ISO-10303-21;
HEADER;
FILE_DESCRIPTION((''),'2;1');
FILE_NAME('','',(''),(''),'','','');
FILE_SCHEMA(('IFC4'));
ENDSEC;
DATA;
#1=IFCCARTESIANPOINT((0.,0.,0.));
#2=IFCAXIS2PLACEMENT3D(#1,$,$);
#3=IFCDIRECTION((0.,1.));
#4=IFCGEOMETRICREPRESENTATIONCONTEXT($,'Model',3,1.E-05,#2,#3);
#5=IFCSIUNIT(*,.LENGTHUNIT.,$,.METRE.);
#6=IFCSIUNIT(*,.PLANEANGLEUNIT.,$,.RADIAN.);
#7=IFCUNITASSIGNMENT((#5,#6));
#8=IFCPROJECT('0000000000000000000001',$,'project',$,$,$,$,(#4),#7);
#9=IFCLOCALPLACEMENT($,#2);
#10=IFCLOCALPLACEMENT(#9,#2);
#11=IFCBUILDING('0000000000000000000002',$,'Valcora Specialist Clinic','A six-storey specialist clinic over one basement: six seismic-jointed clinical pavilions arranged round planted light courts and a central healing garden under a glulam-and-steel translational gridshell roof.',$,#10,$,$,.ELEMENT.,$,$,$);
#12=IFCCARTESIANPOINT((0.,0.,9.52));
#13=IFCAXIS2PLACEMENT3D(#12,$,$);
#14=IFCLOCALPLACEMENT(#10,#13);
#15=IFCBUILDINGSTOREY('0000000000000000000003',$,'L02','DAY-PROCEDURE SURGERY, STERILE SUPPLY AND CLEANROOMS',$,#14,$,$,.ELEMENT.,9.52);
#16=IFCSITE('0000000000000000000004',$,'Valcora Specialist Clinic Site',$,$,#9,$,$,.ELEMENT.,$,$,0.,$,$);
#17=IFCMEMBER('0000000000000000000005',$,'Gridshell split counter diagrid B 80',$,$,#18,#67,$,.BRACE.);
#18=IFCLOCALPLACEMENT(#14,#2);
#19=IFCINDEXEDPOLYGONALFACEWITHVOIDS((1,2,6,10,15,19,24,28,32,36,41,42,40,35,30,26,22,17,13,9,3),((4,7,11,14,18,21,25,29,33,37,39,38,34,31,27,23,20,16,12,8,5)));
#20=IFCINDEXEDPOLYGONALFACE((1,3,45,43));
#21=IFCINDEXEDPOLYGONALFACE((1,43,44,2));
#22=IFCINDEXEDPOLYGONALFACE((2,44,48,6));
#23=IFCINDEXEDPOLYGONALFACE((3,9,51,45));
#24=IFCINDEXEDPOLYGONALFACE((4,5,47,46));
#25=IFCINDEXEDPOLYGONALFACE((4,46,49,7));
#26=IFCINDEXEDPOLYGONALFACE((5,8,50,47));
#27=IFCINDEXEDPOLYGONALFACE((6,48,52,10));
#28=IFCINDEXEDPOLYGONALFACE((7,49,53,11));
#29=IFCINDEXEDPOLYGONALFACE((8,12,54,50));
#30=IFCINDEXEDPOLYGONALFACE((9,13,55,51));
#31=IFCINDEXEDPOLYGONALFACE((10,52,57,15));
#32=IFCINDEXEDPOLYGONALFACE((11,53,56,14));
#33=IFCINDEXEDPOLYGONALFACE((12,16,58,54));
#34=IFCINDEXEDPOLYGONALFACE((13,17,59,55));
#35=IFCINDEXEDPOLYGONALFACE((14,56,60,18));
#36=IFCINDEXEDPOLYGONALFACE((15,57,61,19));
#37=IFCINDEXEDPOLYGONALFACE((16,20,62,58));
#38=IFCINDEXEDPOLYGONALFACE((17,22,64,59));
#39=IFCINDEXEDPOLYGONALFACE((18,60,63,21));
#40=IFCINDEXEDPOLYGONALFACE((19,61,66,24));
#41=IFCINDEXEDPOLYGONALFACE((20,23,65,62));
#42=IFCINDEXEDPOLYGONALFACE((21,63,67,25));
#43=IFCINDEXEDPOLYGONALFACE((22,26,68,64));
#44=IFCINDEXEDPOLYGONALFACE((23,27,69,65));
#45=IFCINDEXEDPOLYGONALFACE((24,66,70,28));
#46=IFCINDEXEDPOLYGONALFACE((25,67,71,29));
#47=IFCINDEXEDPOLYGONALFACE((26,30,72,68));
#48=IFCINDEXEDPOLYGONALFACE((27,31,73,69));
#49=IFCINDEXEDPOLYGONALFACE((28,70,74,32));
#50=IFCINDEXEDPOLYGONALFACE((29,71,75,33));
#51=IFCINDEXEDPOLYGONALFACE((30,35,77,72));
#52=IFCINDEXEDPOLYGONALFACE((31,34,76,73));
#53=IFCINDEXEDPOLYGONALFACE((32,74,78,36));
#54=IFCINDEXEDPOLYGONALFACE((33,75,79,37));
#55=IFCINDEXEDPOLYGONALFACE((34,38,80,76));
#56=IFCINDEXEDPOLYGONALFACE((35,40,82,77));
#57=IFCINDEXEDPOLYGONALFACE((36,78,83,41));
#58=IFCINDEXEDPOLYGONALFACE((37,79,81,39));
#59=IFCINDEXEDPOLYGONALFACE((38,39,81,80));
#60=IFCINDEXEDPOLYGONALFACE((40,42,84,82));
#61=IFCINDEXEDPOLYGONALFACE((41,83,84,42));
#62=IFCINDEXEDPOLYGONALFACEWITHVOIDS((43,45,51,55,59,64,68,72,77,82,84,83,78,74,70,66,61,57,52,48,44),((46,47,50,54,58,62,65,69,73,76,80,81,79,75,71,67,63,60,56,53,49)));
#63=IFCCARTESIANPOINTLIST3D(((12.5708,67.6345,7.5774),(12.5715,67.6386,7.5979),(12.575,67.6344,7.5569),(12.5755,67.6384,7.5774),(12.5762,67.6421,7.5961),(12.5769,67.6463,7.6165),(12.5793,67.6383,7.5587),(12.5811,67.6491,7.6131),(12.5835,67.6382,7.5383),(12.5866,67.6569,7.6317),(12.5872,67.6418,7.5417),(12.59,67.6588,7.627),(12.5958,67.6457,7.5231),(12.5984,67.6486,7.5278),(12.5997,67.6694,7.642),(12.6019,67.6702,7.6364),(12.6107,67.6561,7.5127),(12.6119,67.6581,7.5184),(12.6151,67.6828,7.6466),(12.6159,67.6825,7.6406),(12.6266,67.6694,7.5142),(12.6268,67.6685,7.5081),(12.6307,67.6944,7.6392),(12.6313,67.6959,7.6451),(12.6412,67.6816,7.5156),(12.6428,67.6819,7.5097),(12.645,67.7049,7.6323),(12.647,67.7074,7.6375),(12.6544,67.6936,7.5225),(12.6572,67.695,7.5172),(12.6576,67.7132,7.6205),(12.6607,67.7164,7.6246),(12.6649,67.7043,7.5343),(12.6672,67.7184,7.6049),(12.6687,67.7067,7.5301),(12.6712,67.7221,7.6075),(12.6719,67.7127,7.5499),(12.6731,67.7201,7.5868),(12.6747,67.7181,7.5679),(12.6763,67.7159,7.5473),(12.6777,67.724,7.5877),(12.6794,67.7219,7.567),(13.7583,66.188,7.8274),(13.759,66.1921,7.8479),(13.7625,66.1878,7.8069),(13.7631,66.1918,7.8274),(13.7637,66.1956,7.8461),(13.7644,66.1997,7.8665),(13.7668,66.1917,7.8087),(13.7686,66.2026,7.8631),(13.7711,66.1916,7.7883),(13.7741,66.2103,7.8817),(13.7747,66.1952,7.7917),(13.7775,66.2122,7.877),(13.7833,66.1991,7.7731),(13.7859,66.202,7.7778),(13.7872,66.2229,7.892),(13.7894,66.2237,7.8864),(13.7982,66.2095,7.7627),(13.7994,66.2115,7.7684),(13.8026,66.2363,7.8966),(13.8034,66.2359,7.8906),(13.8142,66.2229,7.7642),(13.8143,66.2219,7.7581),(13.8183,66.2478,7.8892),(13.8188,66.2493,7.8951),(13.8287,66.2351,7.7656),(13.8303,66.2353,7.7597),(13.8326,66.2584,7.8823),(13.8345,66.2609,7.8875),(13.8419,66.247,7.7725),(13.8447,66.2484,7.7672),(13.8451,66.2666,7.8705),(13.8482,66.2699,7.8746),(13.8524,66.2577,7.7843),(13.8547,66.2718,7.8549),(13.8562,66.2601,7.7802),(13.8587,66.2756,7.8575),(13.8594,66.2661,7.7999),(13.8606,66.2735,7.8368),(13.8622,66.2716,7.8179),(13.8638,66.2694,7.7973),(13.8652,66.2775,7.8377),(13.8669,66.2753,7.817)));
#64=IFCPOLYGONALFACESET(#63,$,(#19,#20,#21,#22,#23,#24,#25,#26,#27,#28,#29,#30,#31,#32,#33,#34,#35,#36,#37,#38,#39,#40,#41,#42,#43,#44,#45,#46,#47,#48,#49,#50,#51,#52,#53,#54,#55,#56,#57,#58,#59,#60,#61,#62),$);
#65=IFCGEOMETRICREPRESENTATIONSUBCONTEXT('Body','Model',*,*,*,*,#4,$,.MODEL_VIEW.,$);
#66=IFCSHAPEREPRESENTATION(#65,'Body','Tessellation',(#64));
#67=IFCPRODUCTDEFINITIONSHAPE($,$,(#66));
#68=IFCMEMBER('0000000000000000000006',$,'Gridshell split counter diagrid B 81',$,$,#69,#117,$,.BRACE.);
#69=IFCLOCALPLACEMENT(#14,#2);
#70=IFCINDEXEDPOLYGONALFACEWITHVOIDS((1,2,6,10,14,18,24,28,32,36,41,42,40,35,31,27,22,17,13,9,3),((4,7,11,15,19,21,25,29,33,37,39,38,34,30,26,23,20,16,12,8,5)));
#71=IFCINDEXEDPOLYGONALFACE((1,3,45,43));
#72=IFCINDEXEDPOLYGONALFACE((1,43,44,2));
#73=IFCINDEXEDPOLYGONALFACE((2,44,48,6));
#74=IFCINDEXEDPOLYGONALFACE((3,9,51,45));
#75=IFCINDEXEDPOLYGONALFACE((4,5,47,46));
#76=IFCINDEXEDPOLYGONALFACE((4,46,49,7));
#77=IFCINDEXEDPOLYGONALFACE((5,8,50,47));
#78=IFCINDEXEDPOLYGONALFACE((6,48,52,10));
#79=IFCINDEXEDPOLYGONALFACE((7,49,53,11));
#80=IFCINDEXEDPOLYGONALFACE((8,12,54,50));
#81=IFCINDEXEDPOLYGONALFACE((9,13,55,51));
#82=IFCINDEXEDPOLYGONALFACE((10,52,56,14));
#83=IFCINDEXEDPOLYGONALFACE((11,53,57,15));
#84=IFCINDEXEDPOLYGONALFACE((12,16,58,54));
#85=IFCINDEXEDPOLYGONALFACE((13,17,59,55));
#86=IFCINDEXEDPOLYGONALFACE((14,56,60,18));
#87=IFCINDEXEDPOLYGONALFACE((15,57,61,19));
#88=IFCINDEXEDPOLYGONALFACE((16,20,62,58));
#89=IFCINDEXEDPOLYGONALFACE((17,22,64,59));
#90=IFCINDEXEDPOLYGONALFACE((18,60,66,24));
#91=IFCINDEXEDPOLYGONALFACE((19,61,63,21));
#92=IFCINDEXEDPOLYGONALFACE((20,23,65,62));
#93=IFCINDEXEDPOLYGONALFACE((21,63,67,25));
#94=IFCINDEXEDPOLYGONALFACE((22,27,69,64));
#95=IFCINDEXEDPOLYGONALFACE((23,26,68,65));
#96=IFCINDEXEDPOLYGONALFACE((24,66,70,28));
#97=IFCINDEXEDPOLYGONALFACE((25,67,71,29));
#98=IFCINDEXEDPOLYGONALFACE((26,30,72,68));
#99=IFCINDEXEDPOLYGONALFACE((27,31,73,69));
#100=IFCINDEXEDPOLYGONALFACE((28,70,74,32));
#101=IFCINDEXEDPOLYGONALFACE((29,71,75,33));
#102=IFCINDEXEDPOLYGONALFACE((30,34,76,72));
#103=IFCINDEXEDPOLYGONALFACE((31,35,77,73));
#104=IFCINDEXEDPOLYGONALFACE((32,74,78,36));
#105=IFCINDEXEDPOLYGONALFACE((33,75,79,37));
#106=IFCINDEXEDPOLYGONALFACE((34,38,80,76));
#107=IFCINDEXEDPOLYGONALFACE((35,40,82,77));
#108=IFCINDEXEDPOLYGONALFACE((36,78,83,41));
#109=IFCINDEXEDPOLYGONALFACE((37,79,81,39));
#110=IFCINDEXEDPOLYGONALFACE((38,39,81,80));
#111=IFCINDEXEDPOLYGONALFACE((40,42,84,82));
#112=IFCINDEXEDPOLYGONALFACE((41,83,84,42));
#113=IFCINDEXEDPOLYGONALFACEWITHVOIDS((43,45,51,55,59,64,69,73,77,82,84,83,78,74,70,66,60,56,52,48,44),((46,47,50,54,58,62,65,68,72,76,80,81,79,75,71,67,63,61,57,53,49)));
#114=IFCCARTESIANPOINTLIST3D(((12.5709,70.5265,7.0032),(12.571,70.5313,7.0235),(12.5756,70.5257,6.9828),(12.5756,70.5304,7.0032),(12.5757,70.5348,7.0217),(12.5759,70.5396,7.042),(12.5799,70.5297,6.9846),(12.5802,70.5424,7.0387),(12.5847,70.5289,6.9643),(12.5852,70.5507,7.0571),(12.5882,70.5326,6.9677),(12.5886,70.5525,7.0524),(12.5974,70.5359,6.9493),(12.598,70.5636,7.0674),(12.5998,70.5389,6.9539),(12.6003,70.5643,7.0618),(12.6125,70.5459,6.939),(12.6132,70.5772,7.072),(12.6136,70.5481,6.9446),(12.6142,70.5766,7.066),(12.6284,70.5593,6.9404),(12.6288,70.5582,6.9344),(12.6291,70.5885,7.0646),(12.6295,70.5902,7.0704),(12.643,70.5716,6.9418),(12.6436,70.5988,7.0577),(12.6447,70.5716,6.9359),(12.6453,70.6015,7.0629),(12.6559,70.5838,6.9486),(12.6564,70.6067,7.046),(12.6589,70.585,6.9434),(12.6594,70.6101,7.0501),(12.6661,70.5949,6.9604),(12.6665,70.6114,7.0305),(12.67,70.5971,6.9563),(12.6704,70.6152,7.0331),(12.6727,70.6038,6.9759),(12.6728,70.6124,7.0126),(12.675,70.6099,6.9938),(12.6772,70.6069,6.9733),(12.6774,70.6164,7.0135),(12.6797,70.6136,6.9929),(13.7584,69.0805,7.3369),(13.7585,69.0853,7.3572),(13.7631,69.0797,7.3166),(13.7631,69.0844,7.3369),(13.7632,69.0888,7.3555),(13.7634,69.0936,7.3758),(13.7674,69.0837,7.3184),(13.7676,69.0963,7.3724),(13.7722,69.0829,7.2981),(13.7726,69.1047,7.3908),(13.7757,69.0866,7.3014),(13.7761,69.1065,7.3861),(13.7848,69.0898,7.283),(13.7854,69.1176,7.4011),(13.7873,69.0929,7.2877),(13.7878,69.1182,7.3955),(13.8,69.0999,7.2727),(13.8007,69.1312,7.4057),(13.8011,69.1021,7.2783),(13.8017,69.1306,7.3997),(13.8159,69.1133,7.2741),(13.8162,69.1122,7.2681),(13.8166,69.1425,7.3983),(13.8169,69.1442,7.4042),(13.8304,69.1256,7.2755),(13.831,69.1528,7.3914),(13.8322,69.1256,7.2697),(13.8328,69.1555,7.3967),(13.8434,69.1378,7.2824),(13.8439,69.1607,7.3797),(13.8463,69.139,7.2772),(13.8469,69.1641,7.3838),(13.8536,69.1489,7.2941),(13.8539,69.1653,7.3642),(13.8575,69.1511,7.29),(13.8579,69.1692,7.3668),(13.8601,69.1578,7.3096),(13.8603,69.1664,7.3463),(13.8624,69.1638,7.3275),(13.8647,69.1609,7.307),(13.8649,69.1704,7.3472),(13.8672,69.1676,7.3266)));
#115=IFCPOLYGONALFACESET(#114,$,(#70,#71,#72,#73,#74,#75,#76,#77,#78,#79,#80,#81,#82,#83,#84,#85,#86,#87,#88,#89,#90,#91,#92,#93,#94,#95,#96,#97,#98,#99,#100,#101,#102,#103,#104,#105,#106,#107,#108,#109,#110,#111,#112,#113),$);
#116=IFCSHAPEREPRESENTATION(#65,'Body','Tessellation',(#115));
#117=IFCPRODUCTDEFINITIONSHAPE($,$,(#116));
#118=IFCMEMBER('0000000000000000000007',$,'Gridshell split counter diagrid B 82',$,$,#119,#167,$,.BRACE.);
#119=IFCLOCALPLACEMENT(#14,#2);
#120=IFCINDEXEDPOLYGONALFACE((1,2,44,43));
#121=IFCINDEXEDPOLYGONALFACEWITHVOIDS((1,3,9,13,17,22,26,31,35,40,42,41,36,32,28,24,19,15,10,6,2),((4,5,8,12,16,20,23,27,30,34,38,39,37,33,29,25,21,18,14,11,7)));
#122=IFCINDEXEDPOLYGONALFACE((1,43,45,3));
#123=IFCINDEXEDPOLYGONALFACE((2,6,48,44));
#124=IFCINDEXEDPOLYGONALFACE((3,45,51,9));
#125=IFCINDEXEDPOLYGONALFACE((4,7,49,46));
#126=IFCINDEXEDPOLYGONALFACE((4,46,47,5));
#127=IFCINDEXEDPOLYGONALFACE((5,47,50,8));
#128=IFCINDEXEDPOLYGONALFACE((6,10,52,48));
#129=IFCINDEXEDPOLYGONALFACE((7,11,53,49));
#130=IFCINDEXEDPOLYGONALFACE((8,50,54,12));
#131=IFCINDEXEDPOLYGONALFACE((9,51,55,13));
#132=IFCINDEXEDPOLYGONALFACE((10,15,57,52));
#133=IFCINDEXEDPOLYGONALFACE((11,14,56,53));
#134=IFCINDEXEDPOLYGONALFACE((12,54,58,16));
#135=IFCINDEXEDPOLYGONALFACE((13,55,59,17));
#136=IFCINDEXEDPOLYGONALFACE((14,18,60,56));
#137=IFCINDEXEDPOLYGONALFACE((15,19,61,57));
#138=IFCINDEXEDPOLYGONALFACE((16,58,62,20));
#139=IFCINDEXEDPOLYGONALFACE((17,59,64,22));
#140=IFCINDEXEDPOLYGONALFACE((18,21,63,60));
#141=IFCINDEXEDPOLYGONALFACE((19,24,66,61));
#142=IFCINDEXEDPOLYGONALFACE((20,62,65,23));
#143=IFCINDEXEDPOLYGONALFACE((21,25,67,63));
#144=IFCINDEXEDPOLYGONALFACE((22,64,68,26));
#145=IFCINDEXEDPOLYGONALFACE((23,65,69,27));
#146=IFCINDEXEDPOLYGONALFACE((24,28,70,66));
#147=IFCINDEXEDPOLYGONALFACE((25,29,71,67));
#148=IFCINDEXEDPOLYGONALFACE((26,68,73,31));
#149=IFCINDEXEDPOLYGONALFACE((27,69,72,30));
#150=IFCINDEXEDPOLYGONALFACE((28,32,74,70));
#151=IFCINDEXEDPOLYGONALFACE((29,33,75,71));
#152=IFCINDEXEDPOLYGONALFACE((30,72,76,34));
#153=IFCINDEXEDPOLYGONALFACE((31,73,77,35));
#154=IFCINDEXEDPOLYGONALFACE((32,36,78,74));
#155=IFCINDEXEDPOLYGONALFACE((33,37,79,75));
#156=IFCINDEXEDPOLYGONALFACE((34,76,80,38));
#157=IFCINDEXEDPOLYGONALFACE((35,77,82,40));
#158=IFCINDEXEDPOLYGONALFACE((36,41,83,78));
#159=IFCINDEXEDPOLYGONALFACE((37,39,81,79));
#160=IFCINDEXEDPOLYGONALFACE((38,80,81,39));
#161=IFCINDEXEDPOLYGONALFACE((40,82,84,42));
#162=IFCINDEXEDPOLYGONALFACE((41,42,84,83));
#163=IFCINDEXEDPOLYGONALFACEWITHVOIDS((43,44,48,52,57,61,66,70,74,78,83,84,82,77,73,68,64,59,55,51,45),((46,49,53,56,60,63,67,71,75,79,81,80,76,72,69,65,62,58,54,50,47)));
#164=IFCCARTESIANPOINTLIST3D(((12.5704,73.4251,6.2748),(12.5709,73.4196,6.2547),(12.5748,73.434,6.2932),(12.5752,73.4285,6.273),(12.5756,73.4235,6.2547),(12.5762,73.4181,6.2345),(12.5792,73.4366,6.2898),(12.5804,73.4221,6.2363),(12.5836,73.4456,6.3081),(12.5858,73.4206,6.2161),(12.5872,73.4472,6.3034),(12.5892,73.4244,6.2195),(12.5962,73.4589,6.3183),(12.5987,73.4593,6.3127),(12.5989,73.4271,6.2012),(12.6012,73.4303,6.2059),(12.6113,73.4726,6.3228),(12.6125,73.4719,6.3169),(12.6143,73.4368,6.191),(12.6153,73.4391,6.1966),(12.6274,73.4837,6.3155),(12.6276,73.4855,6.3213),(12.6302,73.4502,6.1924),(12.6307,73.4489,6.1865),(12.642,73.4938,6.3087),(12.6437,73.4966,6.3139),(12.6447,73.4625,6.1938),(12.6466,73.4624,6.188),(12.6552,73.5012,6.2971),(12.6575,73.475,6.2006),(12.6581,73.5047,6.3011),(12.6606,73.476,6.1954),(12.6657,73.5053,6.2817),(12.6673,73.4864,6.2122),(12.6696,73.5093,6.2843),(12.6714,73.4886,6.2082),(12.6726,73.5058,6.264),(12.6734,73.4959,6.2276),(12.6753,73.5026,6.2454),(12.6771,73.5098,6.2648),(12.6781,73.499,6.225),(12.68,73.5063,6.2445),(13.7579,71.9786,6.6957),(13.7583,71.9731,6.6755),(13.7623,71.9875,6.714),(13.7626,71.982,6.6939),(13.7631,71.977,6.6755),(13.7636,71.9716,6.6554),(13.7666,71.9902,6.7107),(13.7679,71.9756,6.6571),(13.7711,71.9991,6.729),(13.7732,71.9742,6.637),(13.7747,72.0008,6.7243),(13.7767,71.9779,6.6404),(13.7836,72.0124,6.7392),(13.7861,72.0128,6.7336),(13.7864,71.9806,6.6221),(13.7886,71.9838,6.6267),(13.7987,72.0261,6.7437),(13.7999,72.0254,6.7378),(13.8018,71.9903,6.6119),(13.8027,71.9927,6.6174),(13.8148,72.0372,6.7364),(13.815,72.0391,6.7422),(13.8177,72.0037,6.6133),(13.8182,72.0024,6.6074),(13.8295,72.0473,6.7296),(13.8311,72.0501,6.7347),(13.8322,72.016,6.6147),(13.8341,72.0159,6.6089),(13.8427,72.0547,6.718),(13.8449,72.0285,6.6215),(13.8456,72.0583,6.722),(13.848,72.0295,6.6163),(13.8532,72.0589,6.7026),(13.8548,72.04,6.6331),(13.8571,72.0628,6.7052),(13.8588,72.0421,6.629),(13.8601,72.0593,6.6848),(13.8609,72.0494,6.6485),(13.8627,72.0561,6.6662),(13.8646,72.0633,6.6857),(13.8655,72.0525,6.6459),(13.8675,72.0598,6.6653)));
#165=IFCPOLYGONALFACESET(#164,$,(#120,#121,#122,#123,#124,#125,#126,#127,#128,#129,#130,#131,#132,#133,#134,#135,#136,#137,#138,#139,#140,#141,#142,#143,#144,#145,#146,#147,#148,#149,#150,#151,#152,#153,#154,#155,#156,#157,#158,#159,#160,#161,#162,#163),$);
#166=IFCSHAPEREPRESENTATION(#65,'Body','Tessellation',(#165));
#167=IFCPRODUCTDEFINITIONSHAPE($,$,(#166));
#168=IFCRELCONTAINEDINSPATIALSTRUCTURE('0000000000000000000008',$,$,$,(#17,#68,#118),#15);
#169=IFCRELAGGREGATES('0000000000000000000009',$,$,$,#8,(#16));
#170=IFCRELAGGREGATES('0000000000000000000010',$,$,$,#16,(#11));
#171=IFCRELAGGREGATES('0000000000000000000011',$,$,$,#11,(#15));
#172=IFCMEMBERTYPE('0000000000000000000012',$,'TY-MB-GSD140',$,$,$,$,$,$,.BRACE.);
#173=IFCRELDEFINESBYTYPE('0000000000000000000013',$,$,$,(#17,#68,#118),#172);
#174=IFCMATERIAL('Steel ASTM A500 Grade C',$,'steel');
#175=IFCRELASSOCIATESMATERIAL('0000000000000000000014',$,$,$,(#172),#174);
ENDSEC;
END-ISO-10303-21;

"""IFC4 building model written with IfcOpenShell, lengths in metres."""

from ifc_helpers import new_model, si_unit, direction, frame, origin, origin_2d, place, context, subcontext, project, spatial, hollow_circle, extrude, material, material_profile, profile_set, type_object, element, save


model = new_model("IFC4")

# Units and contexts
model_context = context("Model", 3, precision=1e-05, world=origin(), true_north=direction((0.0, 1.0)))
body_context = subcontext(model_context, "Body", "Model", "MODEL_VIEW")
ifc_project = project(units=[si_unit("LENGTHUNIT", "METRE"), si_unit("PLANEANGLEUNIT", "RADIAN")], contexts=[model_context])

# Site, building, storey
site_placement = place(None, origin())
site = spatial("IfcSite", under=ifc_project, at=site_placement, Name="Valcora Specialist Clinic Site", CompositionType="ELEMENT", RefElevation=0.0)
building_placement = place(site_placement, origin())
building = spatial("IfcBuilding", under=site, at=building_placement, Name="Valcora Specialist Clinic", Description="A six-storey specialist clinic over one basement: six seismic-jointed clinical pavilions arranged round planted light courts and a central healing garden under a glulam-and-steel translational gridshell roof.", CompositionType="ELEMENT")
storey_placement = place(building_placement, frame((0.0, 0.0, 9.52)))
storey = spatial("IfcBuildingStorey", under=building, at=storey_placement, Name="L02", Description="DAY-PROCEDURE SURGERY, STERILE SUPPLY AND CLEANROOMS", CompositionType="ELEMENT", Elevation=9.52)

# Members
ifc_material_1 = material(Name="Steel ASTM A500 Grade C", Category="steel")
ifc_material_profile_1 = material_profile(ifc_material_1, hollow_circle(Radius=0.0701, WallThickness=0.0061, at=origin_2d()), Name="ST-CHS-140X6")
ifc_profile_set_1 = profile_set([ifc_material_profile_1], Name="Steel ASTM A500 Grade C")
member_type_1 = type_object("IfcMemberType", Name="TY-MB-GSD140", PredefinedType="BRACE", material=ifc_profile_set_1)
member_1_placement = place(storey_placement, frame((13.8125, 66.2324, 7.8274), z_axis=(-0.628922, 0.766111, -0.132405), x_axis=(-0.772916, -0.634508, 0.0)))
element("IfcMember", 1, at=member_1_placement, inside=storey, type_object=member_type_1, Name="Gridshell split counter diagrid B 80", PredefinedType="BRACE", context=body_context, shape_type="SweptSolid", body=[
    extrude(hollow_circle(Radius=0.0701, WallThickness=0.0061, at=origin_2d()), origin(), (0.0, 0.0, 1.0), 1.8882),
])
member_2_placement = place(storey_placement, frame((13.8125, 69.125, 7.3369), z_axis=(-0.624776, 0.760804, -0.17559), x_axis=(-0.772811, -0.634636, 0.0)))
element("IfcMember", 2, at=member_2_placement, inside=storey, type_object=member_type_1, Name="Gridshell split counter diagrid B 81", PredefinedType="BRACE", context=body_context, shape_type="SweptSolid", body=[
    extrude(hollow_circle(Radius=0.0701, WallThickness=0.0061, at=origin_2d()), origin(), (0.0, 0.0, 1.0), 1.9006),
])
member_3_placement = place(storey_placement, frame((13.8125, 72.0176, 6.6755), z_axis=(-0.619047, 0.754081, -0.219415), x_axis=(-0.772916, -0.634508, 0.0)))
element("IfcMember", 3, at=member_3_placement, inside=storey, type_object=member_type_1, Name="Gridshell split counter diagrid B 82", PredefinedType="BRACE", context=body_context, shape_type="SweptSolid", body=[
    extrude(hollow_circle(Radius=0.0701, WallThickness=0.0061, at=origin_2d()), origin(), (0.0, 0.0, 1.0), 1.9182),
])

save(model, "model.ifc")
